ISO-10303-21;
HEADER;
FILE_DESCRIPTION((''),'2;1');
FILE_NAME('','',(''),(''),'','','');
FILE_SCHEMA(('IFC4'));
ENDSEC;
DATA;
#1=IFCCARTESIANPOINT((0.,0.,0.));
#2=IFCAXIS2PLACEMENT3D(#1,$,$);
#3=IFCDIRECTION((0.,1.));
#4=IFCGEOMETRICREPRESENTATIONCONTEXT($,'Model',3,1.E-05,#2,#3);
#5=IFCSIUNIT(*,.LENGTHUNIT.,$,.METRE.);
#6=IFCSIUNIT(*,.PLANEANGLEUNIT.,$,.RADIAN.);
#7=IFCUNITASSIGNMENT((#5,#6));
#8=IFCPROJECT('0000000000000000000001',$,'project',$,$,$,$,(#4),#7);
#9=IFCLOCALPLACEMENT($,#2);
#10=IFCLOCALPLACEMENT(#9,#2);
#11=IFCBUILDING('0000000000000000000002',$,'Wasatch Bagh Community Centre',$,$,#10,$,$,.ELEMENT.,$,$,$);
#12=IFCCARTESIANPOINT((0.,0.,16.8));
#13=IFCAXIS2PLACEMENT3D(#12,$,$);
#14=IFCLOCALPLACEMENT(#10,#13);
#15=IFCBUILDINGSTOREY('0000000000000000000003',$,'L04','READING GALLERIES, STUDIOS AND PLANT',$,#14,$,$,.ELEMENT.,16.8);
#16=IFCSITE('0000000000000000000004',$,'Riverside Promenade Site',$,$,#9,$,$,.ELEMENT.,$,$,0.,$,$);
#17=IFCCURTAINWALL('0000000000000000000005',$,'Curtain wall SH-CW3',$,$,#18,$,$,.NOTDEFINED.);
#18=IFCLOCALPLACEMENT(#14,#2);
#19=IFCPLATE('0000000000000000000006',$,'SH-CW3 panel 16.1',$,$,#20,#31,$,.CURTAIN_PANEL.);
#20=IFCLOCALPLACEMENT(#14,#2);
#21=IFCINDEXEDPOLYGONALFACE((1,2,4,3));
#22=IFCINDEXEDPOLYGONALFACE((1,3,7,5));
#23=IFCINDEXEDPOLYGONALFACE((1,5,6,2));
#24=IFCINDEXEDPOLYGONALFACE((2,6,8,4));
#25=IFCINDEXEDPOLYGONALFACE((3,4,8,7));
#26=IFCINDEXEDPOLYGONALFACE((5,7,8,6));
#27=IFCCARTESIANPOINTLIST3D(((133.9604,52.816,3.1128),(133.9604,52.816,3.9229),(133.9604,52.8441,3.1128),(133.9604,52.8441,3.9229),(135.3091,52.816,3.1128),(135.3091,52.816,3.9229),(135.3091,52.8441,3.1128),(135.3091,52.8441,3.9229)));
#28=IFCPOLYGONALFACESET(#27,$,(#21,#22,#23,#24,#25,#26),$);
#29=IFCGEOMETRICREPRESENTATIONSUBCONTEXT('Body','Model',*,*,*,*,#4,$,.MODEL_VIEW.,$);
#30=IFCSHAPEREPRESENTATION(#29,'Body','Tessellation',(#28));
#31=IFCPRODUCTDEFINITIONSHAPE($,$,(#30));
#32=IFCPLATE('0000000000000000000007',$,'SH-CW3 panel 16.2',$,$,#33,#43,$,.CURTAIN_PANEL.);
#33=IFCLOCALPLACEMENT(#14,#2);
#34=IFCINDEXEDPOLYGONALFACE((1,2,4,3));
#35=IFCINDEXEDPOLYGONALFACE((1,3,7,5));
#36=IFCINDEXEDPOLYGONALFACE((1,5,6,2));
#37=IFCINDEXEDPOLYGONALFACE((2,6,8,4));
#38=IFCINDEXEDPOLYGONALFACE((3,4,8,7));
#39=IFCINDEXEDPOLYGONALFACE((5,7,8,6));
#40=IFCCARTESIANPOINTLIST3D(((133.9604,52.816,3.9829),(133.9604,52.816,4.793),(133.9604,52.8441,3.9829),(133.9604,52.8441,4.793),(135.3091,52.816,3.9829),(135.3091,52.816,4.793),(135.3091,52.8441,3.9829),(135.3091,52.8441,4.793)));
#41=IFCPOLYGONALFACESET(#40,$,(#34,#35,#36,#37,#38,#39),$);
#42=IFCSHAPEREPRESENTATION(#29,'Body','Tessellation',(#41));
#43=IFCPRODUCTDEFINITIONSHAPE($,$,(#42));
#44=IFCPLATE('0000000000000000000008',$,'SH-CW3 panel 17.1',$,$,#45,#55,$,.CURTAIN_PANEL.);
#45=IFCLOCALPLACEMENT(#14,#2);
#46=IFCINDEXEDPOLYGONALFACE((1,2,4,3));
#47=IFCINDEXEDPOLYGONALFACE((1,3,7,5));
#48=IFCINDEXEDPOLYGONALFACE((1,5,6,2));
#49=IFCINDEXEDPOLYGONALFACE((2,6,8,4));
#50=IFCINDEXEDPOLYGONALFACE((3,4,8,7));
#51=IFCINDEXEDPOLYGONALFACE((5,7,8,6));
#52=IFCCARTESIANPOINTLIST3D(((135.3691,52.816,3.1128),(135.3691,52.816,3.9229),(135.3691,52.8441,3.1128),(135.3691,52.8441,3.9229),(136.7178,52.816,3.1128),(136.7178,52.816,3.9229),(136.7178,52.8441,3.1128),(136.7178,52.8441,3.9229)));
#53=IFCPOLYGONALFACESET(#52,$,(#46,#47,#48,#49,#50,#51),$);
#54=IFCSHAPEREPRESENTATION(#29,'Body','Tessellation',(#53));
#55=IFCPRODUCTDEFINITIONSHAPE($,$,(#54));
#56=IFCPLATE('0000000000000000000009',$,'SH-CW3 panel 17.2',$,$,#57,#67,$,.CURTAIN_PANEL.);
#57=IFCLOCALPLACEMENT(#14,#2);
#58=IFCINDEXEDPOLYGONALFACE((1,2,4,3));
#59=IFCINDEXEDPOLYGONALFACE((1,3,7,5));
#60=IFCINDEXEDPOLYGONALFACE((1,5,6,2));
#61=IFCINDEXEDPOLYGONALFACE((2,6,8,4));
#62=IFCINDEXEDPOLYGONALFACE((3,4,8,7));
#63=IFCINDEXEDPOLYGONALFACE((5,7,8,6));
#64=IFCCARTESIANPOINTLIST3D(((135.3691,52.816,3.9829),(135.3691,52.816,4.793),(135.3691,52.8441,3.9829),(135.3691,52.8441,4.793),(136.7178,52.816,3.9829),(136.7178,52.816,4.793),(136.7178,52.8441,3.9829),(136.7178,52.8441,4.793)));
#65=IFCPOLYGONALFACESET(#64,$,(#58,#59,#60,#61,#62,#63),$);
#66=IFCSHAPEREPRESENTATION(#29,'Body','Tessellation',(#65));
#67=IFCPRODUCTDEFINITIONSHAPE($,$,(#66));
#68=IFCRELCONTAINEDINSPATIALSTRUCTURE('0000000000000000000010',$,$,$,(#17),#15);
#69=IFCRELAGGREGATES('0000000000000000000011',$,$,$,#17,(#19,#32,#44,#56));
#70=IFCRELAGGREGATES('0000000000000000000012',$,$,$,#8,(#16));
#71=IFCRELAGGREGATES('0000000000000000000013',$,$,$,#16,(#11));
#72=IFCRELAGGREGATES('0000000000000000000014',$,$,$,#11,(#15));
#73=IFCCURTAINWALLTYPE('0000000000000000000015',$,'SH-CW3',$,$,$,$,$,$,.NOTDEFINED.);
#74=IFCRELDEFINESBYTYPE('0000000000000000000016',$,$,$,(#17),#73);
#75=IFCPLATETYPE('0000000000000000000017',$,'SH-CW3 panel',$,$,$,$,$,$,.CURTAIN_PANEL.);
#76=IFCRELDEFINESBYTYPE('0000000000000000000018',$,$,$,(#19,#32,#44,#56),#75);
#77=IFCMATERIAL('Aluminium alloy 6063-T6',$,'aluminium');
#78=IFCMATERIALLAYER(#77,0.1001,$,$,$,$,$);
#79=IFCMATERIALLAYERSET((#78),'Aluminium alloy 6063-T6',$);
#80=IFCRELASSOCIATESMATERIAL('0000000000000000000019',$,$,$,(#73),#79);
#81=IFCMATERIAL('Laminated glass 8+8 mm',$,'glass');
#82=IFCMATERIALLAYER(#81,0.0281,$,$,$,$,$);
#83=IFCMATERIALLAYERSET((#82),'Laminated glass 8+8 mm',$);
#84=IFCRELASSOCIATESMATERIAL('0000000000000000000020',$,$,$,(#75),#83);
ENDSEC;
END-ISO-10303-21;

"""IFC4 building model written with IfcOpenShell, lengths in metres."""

from ifc_helpers import new_model, si_unit, direction, frame, origin, origin_2d, place, context, subcontext, project, spatial, rectangle, extrude, material, layer, layer_set, type_object, element, aggregate, save


model = new_model("IFC4")

# Units and contexts
model_context = context("Model", 3, precision=1e-05, world=origin(), true_north=direction((0.0, 1.0)))
body_context = subcontext(model_context, "Body", "Model", "MODEL_VIEW")
ifc_project = project(units=[si_unit("LENGTHUNIT", "METRE"), si_unit("PLANEANGLEUNIT", "RADIAN")], contexts=[model_context])

# Site, building, storey
site_placement = place(None, origin())
site = spatial("IfcSite", under=ifc_project, at=site_placement, Name="Riverside Promenade Site", CompositionType="ELEMENT", RefElevation=0.0)
building_placement = place(site_placement, origin())
building = spatial("IfcBuilding", under=site, at=building_placement, Name="Wasatch Bagh Community Centre", CompositionType="ELEMENT")
storey_placement = place(building_placement, frame((0.0, 0.0, 16.8)))
storey = spatial("IfcBuildingStorey", under=building, at=storey_placement, Name="L04", Description="READING GALLERIES, STUDIOS AND PLANT", CompositionType="ELEMENT", Elevation=16.8)

# Shared definitions
ifc_material_1 = material(Name="Aluminium alloy 6063-T6", Category="aluminium")
ifc_layer_1 = layer(ifc_material_1, 0.1001)
ifc_layer_set_1 = layer_set([ifc_layer_1], Name="Aluminium alloy 6063-T6")
curtain_wall_type = type_object("IfcCurtainWallType", Name="SH-CW3", PredefinedType="NOTDEFINED", material=ifc_layer_set_1)

# Curtain wall
curtain_wall_1_placement = place(storey_placement, origin())
curtain_wall_1 = element("IfcCurtainWall", 1, at=curtain_wall_1_placement, inside=storey, type_object=curtain_wall_type, Name="Curtain wall SH-CW3", PredefinedType="NOTDEFINED")

# Plates
ifc_material_2 = material(Name="Laminated glass 8+8 mm", Category="glass")
ifc_layer_2 = layer(ifc_material_2, 0.0281)
ifc_layer_set_2 = layer_set([ifc_layer_2], Name="Laminated glass 8+8 mm")
plate_type = type_object("IfcPlateType", Name="SH-CW3 panel", PredefinedType="CURTAIN_PANEL", material=ifc_layer_set_2)
plate_1_placement = place(storey_placement, frame((134.6348, 52.8301, 3.1128), z_axis=(0.0, 0.0, 1.0), x_axis=(1.0, 0.0, 0.0)))
plate_1 = element("IfcPlate", 2, at=plate_1_placement, type_object=plate_type, Name="SH-CW3 panel 16.1", PredefinedType="CURTAIN_PANEL", context=body_context, shape_type="SweptSolid", body=[
    extrude(rectangle(XDim=1.3486, YDim=0.0281, at=origin_2d()), origin(), (0.0, 0.0, 1.0), 0.8101),
])
plate_2_placement = place(storey_placement, frame((134.6348, 52.8301, 3.9829), z_axis=(0.0, 0.0, 1.0), x_axis=(1.0, 0.0, 0.0)))
plate_2 = element("IfcPlate", 3, at=plate_2_placement, type_object=plate_type, Name="SH-CW3 panel 16.2", PredefinedType="CURTAIN_PANEL", context=body_context, shape_type="SweptSolid", body=[
    extrude(rectangle(XDim=1.3486, YDim=0.0281, at=origin_2d()), origin(), (0.0, 0.0, 1.0), 0.8101),
])
plate_3_placement = place(storey_placement, frame((136.0435, 52.8301, 3.1128), z_axis=(0.0, 0.0, 1.0), x_axis=(1.0, 0.0, 0.0)))
plate_3 = element("IfcPlate", 4, at=plate_3_placement, type_object=plate_type, Name="SH-CW3 panel 17.1", PredefinedType="CURTAIN_PANEL", context=body_context, shape_type="SweptSolid", body=[
    extrude(rectangle(XDim=1.3486, YDim=0.0281, at=origin_2d()), origin(), (0.0, 0.0, 1.0), 0.8101),
])
plate_4_placement = place(storey_placement, frame((136.0435, 52.8301, 3.9829), z_axis=(0.0, 0.0, 1.0), x_axis=(1.0, 0.0, 0.0)))
plate_4 = element("IfcPlate", 5, at=plate_4_placement, type_object=plate_type, Name="SH-CW3 panel 17.2", PredefinedType="CURTAIN_PANEL", context=body_context, shape_type="SweptSolid", body=[
    extrude(rectangle(XDim=1.3486, YDim=0.0281, at=origin_2d()), origin(), (0.0, 0.0, 1.0), 0.8101),
])
aggregate(curtain_wall_1, [plate_1, plate_2, plate_3, plate_4])

save(model, "model.ifc")
